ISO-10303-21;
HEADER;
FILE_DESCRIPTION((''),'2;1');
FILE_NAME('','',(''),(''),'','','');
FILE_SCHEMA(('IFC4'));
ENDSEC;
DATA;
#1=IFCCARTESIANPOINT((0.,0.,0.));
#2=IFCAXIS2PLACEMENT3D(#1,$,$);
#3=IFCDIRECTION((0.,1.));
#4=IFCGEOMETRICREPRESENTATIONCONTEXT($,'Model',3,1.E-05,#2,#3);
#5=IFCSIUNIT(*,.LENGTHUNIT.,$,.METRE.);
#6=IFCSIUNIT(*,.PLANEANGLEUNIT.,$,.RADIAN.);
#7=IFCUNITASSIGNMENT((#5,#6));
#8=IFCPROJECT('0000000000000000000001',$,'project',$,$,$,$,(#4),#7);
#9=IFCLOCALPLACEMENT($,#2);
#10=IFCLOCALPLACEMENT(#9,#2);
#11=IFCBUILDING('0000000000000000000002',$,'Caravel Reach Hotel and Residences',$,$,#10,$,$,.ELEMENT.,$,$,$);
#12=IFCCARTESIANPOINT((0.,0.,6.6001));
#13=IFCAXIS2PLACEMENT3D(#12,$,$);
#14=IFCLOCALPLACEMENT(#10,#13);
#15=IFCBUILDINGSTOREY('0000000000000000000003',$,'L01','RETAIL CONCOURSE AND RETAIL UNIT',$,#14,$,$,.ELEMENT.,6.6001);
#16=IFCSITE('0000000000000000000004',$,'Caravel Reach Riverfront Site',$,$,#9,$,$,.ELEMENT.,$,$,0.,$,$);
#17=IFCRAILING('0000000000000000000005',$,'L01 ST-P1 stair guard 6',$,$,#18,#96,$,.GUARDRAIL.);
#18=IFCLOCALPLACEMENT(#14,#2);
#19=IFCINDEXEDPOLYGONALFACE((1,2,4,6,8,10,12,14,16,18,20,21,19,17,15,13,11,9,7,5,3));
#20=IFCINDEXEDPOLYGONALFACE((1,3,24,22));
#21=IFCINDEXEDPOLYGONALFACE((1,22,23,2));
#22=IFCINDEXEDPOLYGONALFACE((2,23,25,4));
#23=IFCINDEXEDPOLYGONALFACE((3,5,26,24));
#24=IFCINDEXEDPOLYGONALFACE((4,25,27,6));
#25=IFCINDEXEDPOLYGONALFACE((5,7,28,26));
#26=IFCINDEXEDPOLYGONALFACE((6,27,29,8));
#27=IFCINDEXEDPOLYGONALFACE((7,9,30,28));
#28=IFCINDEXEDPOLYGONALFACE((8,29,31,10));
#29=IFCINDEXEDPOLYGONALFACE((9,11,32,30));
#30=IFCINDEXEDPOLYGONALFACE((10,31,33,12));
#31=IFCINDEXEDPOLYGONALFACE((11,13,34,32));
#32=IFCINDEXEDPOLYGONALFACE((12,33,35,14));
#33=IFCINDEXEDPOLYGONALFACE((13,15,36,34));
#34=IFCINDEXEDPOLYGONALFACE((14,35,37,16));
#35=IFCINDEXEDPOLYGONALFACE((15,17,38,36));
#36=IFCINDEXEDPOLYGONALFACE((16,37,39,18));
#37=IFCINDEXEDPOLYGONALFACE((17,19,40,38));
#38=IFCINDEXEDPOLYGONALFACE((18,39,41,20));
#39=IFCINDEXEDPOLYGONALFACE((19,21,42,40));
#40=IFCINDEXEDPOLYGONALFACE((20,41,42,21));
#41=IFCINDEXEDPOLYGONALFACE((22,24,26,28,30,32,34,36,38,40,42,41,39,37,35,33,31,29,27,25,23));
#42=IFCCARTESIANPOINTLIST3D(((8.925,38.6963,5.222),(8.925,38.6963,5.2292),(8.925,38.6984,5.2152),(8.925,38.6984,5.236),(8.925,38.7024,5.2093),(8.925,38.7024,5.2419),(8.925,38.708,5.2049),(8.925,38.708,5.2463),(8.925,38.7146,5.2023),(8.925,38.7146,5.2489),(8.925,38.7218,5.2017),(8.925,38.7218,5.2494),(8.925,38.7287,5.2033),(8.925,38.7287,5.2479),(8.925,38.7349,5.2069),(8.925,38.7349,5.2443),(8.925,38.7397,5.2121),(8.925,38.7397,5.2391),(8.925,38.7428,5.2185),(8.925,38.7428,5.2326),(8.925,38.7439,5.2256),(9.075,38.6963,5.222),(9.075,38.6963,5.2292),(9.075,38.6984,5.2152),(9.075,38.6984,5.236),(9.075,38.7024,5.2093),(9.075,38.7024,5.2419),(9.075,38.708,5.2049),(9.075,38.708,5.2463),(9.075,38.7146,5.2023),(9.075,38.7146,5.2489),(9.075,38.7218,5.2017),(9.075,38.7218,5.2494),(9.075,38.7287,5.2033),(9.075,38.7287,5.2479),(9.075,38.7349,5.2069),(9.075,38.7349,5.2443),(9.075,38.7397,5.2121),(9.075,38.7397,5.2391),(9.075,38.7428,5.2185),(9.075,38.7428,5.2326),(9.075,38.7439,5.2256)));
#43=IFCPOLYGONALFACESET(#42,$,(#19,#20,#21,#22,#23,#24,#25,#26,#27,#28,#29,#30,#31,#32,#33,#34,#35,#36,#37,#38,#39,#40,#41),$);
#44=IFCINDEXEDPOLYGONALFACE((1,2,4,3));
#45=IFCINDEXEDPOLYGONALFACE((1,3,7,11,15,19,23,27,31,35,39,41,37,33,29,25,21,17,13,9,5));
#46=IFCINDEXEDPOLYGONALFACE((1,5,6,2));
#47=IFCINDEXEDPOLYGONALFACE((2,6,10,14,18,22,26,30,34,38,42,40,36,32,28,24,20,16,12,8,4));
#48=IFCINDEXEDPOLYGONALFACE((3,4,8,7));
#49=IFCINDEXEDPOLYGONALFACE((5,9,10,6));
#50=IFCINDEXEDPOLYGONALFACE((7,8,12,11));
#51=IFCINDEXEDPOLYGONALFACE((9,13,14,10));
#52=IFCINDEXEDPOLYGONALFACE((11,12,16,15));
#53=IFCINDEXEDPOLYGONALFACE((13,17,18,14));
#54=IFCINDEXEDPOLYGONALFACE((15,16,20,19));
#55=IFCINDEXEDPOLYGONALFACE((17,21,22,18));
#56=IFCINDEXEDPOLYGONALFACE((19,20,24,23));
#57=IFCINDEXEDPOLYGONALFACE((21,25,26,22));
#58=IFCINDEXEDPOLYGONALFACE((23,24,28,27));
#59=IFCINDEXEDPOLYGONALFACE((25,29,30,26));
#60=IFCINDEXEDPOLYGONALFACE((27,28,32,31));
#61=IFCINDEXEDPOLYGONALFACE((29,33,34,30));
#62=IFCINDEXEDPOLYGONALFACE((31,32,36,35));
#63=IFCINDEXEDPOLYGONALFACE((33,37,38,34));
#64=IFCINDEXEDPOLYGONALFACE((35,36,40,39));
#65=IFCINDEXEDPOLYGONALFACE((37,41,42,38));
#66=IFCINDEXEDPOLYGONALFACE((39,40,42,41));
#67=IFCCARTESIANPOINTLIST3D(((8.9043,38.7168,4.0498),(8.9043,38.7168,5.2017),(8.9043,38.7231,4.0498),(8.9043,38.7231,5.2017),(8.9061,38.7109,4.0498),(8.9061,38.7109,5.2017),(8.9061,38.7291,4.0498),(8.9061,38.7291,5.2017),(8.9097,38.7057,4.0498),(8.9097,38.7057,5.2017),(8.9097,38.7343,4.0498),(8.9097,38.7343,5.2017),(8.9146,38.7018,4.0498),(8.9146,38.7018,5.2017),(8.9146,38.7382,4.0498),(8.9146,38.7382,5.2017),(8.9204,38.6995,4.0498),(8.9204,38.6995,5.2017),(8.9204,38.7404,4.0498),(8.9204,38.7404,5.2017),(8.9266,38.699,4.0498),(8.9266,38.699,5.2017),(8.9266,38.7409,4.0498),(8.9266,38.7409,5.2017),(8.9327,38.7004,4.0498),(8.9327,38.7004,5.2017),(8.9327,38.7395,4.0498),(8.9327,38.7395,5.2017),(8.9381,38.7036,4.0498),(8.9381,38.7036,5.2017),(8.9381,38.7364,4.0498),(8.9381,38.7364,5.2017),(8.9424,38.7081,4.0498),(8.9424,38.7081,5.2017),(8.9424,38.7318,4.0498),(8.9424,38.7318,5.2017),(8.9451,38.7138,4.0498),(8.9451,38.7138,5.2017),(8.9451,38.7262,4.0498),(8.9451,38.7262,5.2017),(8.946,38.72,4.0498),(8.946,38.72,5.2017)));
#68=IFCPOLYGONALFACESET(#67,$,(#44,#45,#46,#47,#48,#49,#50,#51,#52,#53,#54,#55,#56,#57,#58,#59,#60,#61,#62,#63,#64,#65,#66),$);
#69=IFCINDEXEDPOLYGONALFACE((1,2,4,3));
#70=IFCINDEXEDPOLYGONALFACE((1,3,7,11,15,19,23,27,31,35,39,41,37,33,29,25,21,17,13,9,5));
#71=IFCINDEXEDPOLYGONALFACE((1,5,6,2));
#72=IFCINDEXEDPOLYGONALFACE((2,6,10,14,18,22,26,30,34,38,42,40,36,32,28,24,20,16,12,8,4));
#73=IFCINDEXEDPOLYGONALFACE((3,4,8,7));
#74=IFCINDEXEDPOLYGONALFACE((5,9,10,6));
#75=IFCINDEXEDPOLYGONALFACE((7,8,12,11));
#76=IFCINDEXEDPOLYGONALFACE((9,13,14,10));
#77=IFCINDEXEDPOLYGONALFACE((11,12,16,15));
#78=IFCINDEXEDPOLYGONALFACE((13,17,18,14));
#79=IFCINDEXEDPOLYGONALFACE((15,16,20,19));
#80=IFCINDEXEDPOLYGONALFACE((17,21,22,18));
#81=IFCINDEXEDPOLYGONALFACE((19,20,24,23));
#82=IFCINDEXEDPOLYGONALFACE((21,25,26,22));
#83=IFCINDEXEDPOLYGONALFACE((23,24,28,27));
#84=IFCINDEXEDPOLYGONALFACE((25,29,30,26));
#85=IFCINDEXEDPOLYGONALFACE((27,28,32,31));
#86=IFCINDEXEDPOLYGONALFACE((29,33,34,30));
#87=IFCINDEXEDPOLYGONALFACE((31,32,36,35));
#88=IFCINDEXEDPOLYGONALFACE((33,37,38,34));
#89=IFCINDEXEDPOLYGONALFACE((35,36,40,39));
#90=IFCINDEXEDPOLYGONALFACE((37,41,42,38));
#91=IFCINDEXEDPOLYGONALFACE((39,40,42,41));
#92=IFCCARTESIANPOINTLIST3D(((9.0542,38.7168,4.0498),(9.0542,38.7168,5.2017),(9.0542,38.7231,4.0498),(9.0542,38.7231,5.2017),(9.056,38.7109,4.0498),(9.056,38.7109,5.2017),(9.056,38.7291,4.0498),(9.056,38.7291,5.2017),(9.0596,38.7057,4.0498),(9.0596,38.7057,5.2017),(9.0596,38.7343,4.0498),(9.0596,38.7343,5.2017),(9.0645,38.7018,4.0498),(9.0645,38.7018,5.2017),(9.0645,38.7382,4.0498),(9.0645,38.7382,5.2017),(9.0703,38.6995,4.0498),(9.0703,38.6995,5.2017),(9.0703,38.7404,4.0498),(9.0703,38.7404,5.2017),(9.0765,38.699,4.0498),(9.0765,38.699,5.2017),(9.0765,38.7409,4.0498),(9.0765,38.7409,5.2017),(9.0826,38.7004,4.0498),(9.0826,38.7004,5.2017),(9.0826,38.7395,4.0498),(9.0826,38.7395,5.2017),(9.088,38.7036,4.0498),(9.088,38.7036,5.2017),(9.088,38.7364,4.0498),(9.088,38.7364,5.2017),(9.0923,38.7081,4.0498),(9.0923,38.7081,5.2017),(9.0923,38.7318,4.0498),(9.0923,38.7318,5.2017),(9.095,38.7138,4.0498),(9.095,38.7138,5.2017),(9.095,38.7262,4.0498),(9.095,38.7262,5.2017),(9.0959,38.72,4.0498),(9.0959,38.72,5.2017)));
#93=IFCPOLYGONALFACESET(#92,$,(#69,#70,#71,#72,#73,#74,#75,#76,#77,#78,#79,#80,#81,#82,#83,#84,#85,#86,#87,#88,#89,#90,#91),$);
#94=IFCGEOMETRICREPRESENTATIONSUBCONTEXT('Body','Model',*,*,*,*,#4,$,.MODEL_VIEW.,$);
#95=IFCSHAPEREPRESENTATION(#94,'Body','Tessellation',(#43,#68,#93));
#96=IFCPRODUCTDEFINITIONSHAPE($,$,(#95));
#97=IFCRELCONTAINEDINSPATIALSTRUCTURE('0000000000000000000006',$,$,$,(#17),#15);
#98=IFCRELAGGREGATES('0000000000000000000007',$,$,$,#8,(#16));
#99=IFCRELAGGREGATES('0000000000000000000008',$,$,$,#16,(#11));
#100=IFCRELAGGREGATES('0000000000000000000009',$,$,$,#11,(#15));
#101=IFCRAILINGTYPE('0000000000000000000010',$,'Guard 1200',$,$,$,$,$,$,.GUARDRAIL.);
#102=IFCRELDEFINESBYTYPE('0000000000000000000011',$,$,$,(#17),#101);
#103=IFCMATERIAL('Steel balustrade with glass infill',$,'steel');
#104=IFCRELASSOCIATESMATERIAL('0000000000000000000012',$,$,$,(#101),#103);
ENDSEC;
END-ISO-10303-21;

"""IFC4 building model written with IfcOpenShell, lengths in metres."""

from ifc_helpers import new_model, si_unit, direction, frame, origin, origin_2d, place, context, subcontext, project, spatial, circle, extrude, material, type_object, element, save


model = new_model("IFC4")

# Units and contexts
model_context = context("Model", 3, precision=1e-05, world=origin(), true_north=direction((0.0, 1.0)))
body_context = subcontext(model_context, "Body", "Model", "MODEL_VIEW")
ifc_project = project(units=[si_unit("LENGTHUNIT", "METRE"), si_unit("PLANEANGLEUNIT", "RADIAN")], contexts=[model_context])

# Site, building, storey
site_placement = place(None, origin())
site = spatial("IfcSite", under=ifc_project, at=site_placement, Name="Caravel Reach Riverfront Site", CompositionType="ELEMENT", RefElevation=0.0)
building_placement = place(site_placement, origin())
building = spatial("IfcBuilding", under=site, at=building_placement, Name="Caravel Reach Hotel and Residences", CompositionType="ELEMENT")
storey_placement = place(building_placement, frame((0.0, 0.0, 6.6001)))
storey = spatial("IfcBuildingStorey", under=building, at=storey_placement, Name="L01", Description="RETAIL CONCOURSE AND RETAIL UNIT", CompositionType="ELEMENT", Elevation=6.6001)

# Railing
ifc_material_1 = material(Name="Steel balustrade with glass infill", Category="steel")
railing_type_1 = type_object("IfcRailingType", Name="Guard 1200", PredefinedType="GUARDRAIL", material=ifc_material_1)
railing_1_placement = place(storey_placement, frame((8.925, 38.72, 4.0498)))
element("IfcRailing", 1, at=railing_1_placement, inside=storey, type_object=railing_type_1, Name="L01 ST-P1 stair guard 6", PredefinedType="GUARDRAIL", context=body_context, shape_type="SweptSolid", body=[
    extrude(circle(Radius=0.0239, at=origin_2d()), frame((0.0, 0.0, 1.1758), z_axis=(1.0, 0.0, 0.0), x_axis=(0.0, 1.0, 0.0)), (0.0, 0.0, 1.0), 0.1499),
    extrude(circle(Radius=0.021, at=origin_2d()), origin(), (0.0, 0.0, 1.0), 1.1519),
    extrude(circle(Radius=0.021, at=origin_2d()), frame((0.1499, 0.0, 0.0)), (0.0, 0.0, 1.0), 1.1519),
])

save(model, "model.ifc")
